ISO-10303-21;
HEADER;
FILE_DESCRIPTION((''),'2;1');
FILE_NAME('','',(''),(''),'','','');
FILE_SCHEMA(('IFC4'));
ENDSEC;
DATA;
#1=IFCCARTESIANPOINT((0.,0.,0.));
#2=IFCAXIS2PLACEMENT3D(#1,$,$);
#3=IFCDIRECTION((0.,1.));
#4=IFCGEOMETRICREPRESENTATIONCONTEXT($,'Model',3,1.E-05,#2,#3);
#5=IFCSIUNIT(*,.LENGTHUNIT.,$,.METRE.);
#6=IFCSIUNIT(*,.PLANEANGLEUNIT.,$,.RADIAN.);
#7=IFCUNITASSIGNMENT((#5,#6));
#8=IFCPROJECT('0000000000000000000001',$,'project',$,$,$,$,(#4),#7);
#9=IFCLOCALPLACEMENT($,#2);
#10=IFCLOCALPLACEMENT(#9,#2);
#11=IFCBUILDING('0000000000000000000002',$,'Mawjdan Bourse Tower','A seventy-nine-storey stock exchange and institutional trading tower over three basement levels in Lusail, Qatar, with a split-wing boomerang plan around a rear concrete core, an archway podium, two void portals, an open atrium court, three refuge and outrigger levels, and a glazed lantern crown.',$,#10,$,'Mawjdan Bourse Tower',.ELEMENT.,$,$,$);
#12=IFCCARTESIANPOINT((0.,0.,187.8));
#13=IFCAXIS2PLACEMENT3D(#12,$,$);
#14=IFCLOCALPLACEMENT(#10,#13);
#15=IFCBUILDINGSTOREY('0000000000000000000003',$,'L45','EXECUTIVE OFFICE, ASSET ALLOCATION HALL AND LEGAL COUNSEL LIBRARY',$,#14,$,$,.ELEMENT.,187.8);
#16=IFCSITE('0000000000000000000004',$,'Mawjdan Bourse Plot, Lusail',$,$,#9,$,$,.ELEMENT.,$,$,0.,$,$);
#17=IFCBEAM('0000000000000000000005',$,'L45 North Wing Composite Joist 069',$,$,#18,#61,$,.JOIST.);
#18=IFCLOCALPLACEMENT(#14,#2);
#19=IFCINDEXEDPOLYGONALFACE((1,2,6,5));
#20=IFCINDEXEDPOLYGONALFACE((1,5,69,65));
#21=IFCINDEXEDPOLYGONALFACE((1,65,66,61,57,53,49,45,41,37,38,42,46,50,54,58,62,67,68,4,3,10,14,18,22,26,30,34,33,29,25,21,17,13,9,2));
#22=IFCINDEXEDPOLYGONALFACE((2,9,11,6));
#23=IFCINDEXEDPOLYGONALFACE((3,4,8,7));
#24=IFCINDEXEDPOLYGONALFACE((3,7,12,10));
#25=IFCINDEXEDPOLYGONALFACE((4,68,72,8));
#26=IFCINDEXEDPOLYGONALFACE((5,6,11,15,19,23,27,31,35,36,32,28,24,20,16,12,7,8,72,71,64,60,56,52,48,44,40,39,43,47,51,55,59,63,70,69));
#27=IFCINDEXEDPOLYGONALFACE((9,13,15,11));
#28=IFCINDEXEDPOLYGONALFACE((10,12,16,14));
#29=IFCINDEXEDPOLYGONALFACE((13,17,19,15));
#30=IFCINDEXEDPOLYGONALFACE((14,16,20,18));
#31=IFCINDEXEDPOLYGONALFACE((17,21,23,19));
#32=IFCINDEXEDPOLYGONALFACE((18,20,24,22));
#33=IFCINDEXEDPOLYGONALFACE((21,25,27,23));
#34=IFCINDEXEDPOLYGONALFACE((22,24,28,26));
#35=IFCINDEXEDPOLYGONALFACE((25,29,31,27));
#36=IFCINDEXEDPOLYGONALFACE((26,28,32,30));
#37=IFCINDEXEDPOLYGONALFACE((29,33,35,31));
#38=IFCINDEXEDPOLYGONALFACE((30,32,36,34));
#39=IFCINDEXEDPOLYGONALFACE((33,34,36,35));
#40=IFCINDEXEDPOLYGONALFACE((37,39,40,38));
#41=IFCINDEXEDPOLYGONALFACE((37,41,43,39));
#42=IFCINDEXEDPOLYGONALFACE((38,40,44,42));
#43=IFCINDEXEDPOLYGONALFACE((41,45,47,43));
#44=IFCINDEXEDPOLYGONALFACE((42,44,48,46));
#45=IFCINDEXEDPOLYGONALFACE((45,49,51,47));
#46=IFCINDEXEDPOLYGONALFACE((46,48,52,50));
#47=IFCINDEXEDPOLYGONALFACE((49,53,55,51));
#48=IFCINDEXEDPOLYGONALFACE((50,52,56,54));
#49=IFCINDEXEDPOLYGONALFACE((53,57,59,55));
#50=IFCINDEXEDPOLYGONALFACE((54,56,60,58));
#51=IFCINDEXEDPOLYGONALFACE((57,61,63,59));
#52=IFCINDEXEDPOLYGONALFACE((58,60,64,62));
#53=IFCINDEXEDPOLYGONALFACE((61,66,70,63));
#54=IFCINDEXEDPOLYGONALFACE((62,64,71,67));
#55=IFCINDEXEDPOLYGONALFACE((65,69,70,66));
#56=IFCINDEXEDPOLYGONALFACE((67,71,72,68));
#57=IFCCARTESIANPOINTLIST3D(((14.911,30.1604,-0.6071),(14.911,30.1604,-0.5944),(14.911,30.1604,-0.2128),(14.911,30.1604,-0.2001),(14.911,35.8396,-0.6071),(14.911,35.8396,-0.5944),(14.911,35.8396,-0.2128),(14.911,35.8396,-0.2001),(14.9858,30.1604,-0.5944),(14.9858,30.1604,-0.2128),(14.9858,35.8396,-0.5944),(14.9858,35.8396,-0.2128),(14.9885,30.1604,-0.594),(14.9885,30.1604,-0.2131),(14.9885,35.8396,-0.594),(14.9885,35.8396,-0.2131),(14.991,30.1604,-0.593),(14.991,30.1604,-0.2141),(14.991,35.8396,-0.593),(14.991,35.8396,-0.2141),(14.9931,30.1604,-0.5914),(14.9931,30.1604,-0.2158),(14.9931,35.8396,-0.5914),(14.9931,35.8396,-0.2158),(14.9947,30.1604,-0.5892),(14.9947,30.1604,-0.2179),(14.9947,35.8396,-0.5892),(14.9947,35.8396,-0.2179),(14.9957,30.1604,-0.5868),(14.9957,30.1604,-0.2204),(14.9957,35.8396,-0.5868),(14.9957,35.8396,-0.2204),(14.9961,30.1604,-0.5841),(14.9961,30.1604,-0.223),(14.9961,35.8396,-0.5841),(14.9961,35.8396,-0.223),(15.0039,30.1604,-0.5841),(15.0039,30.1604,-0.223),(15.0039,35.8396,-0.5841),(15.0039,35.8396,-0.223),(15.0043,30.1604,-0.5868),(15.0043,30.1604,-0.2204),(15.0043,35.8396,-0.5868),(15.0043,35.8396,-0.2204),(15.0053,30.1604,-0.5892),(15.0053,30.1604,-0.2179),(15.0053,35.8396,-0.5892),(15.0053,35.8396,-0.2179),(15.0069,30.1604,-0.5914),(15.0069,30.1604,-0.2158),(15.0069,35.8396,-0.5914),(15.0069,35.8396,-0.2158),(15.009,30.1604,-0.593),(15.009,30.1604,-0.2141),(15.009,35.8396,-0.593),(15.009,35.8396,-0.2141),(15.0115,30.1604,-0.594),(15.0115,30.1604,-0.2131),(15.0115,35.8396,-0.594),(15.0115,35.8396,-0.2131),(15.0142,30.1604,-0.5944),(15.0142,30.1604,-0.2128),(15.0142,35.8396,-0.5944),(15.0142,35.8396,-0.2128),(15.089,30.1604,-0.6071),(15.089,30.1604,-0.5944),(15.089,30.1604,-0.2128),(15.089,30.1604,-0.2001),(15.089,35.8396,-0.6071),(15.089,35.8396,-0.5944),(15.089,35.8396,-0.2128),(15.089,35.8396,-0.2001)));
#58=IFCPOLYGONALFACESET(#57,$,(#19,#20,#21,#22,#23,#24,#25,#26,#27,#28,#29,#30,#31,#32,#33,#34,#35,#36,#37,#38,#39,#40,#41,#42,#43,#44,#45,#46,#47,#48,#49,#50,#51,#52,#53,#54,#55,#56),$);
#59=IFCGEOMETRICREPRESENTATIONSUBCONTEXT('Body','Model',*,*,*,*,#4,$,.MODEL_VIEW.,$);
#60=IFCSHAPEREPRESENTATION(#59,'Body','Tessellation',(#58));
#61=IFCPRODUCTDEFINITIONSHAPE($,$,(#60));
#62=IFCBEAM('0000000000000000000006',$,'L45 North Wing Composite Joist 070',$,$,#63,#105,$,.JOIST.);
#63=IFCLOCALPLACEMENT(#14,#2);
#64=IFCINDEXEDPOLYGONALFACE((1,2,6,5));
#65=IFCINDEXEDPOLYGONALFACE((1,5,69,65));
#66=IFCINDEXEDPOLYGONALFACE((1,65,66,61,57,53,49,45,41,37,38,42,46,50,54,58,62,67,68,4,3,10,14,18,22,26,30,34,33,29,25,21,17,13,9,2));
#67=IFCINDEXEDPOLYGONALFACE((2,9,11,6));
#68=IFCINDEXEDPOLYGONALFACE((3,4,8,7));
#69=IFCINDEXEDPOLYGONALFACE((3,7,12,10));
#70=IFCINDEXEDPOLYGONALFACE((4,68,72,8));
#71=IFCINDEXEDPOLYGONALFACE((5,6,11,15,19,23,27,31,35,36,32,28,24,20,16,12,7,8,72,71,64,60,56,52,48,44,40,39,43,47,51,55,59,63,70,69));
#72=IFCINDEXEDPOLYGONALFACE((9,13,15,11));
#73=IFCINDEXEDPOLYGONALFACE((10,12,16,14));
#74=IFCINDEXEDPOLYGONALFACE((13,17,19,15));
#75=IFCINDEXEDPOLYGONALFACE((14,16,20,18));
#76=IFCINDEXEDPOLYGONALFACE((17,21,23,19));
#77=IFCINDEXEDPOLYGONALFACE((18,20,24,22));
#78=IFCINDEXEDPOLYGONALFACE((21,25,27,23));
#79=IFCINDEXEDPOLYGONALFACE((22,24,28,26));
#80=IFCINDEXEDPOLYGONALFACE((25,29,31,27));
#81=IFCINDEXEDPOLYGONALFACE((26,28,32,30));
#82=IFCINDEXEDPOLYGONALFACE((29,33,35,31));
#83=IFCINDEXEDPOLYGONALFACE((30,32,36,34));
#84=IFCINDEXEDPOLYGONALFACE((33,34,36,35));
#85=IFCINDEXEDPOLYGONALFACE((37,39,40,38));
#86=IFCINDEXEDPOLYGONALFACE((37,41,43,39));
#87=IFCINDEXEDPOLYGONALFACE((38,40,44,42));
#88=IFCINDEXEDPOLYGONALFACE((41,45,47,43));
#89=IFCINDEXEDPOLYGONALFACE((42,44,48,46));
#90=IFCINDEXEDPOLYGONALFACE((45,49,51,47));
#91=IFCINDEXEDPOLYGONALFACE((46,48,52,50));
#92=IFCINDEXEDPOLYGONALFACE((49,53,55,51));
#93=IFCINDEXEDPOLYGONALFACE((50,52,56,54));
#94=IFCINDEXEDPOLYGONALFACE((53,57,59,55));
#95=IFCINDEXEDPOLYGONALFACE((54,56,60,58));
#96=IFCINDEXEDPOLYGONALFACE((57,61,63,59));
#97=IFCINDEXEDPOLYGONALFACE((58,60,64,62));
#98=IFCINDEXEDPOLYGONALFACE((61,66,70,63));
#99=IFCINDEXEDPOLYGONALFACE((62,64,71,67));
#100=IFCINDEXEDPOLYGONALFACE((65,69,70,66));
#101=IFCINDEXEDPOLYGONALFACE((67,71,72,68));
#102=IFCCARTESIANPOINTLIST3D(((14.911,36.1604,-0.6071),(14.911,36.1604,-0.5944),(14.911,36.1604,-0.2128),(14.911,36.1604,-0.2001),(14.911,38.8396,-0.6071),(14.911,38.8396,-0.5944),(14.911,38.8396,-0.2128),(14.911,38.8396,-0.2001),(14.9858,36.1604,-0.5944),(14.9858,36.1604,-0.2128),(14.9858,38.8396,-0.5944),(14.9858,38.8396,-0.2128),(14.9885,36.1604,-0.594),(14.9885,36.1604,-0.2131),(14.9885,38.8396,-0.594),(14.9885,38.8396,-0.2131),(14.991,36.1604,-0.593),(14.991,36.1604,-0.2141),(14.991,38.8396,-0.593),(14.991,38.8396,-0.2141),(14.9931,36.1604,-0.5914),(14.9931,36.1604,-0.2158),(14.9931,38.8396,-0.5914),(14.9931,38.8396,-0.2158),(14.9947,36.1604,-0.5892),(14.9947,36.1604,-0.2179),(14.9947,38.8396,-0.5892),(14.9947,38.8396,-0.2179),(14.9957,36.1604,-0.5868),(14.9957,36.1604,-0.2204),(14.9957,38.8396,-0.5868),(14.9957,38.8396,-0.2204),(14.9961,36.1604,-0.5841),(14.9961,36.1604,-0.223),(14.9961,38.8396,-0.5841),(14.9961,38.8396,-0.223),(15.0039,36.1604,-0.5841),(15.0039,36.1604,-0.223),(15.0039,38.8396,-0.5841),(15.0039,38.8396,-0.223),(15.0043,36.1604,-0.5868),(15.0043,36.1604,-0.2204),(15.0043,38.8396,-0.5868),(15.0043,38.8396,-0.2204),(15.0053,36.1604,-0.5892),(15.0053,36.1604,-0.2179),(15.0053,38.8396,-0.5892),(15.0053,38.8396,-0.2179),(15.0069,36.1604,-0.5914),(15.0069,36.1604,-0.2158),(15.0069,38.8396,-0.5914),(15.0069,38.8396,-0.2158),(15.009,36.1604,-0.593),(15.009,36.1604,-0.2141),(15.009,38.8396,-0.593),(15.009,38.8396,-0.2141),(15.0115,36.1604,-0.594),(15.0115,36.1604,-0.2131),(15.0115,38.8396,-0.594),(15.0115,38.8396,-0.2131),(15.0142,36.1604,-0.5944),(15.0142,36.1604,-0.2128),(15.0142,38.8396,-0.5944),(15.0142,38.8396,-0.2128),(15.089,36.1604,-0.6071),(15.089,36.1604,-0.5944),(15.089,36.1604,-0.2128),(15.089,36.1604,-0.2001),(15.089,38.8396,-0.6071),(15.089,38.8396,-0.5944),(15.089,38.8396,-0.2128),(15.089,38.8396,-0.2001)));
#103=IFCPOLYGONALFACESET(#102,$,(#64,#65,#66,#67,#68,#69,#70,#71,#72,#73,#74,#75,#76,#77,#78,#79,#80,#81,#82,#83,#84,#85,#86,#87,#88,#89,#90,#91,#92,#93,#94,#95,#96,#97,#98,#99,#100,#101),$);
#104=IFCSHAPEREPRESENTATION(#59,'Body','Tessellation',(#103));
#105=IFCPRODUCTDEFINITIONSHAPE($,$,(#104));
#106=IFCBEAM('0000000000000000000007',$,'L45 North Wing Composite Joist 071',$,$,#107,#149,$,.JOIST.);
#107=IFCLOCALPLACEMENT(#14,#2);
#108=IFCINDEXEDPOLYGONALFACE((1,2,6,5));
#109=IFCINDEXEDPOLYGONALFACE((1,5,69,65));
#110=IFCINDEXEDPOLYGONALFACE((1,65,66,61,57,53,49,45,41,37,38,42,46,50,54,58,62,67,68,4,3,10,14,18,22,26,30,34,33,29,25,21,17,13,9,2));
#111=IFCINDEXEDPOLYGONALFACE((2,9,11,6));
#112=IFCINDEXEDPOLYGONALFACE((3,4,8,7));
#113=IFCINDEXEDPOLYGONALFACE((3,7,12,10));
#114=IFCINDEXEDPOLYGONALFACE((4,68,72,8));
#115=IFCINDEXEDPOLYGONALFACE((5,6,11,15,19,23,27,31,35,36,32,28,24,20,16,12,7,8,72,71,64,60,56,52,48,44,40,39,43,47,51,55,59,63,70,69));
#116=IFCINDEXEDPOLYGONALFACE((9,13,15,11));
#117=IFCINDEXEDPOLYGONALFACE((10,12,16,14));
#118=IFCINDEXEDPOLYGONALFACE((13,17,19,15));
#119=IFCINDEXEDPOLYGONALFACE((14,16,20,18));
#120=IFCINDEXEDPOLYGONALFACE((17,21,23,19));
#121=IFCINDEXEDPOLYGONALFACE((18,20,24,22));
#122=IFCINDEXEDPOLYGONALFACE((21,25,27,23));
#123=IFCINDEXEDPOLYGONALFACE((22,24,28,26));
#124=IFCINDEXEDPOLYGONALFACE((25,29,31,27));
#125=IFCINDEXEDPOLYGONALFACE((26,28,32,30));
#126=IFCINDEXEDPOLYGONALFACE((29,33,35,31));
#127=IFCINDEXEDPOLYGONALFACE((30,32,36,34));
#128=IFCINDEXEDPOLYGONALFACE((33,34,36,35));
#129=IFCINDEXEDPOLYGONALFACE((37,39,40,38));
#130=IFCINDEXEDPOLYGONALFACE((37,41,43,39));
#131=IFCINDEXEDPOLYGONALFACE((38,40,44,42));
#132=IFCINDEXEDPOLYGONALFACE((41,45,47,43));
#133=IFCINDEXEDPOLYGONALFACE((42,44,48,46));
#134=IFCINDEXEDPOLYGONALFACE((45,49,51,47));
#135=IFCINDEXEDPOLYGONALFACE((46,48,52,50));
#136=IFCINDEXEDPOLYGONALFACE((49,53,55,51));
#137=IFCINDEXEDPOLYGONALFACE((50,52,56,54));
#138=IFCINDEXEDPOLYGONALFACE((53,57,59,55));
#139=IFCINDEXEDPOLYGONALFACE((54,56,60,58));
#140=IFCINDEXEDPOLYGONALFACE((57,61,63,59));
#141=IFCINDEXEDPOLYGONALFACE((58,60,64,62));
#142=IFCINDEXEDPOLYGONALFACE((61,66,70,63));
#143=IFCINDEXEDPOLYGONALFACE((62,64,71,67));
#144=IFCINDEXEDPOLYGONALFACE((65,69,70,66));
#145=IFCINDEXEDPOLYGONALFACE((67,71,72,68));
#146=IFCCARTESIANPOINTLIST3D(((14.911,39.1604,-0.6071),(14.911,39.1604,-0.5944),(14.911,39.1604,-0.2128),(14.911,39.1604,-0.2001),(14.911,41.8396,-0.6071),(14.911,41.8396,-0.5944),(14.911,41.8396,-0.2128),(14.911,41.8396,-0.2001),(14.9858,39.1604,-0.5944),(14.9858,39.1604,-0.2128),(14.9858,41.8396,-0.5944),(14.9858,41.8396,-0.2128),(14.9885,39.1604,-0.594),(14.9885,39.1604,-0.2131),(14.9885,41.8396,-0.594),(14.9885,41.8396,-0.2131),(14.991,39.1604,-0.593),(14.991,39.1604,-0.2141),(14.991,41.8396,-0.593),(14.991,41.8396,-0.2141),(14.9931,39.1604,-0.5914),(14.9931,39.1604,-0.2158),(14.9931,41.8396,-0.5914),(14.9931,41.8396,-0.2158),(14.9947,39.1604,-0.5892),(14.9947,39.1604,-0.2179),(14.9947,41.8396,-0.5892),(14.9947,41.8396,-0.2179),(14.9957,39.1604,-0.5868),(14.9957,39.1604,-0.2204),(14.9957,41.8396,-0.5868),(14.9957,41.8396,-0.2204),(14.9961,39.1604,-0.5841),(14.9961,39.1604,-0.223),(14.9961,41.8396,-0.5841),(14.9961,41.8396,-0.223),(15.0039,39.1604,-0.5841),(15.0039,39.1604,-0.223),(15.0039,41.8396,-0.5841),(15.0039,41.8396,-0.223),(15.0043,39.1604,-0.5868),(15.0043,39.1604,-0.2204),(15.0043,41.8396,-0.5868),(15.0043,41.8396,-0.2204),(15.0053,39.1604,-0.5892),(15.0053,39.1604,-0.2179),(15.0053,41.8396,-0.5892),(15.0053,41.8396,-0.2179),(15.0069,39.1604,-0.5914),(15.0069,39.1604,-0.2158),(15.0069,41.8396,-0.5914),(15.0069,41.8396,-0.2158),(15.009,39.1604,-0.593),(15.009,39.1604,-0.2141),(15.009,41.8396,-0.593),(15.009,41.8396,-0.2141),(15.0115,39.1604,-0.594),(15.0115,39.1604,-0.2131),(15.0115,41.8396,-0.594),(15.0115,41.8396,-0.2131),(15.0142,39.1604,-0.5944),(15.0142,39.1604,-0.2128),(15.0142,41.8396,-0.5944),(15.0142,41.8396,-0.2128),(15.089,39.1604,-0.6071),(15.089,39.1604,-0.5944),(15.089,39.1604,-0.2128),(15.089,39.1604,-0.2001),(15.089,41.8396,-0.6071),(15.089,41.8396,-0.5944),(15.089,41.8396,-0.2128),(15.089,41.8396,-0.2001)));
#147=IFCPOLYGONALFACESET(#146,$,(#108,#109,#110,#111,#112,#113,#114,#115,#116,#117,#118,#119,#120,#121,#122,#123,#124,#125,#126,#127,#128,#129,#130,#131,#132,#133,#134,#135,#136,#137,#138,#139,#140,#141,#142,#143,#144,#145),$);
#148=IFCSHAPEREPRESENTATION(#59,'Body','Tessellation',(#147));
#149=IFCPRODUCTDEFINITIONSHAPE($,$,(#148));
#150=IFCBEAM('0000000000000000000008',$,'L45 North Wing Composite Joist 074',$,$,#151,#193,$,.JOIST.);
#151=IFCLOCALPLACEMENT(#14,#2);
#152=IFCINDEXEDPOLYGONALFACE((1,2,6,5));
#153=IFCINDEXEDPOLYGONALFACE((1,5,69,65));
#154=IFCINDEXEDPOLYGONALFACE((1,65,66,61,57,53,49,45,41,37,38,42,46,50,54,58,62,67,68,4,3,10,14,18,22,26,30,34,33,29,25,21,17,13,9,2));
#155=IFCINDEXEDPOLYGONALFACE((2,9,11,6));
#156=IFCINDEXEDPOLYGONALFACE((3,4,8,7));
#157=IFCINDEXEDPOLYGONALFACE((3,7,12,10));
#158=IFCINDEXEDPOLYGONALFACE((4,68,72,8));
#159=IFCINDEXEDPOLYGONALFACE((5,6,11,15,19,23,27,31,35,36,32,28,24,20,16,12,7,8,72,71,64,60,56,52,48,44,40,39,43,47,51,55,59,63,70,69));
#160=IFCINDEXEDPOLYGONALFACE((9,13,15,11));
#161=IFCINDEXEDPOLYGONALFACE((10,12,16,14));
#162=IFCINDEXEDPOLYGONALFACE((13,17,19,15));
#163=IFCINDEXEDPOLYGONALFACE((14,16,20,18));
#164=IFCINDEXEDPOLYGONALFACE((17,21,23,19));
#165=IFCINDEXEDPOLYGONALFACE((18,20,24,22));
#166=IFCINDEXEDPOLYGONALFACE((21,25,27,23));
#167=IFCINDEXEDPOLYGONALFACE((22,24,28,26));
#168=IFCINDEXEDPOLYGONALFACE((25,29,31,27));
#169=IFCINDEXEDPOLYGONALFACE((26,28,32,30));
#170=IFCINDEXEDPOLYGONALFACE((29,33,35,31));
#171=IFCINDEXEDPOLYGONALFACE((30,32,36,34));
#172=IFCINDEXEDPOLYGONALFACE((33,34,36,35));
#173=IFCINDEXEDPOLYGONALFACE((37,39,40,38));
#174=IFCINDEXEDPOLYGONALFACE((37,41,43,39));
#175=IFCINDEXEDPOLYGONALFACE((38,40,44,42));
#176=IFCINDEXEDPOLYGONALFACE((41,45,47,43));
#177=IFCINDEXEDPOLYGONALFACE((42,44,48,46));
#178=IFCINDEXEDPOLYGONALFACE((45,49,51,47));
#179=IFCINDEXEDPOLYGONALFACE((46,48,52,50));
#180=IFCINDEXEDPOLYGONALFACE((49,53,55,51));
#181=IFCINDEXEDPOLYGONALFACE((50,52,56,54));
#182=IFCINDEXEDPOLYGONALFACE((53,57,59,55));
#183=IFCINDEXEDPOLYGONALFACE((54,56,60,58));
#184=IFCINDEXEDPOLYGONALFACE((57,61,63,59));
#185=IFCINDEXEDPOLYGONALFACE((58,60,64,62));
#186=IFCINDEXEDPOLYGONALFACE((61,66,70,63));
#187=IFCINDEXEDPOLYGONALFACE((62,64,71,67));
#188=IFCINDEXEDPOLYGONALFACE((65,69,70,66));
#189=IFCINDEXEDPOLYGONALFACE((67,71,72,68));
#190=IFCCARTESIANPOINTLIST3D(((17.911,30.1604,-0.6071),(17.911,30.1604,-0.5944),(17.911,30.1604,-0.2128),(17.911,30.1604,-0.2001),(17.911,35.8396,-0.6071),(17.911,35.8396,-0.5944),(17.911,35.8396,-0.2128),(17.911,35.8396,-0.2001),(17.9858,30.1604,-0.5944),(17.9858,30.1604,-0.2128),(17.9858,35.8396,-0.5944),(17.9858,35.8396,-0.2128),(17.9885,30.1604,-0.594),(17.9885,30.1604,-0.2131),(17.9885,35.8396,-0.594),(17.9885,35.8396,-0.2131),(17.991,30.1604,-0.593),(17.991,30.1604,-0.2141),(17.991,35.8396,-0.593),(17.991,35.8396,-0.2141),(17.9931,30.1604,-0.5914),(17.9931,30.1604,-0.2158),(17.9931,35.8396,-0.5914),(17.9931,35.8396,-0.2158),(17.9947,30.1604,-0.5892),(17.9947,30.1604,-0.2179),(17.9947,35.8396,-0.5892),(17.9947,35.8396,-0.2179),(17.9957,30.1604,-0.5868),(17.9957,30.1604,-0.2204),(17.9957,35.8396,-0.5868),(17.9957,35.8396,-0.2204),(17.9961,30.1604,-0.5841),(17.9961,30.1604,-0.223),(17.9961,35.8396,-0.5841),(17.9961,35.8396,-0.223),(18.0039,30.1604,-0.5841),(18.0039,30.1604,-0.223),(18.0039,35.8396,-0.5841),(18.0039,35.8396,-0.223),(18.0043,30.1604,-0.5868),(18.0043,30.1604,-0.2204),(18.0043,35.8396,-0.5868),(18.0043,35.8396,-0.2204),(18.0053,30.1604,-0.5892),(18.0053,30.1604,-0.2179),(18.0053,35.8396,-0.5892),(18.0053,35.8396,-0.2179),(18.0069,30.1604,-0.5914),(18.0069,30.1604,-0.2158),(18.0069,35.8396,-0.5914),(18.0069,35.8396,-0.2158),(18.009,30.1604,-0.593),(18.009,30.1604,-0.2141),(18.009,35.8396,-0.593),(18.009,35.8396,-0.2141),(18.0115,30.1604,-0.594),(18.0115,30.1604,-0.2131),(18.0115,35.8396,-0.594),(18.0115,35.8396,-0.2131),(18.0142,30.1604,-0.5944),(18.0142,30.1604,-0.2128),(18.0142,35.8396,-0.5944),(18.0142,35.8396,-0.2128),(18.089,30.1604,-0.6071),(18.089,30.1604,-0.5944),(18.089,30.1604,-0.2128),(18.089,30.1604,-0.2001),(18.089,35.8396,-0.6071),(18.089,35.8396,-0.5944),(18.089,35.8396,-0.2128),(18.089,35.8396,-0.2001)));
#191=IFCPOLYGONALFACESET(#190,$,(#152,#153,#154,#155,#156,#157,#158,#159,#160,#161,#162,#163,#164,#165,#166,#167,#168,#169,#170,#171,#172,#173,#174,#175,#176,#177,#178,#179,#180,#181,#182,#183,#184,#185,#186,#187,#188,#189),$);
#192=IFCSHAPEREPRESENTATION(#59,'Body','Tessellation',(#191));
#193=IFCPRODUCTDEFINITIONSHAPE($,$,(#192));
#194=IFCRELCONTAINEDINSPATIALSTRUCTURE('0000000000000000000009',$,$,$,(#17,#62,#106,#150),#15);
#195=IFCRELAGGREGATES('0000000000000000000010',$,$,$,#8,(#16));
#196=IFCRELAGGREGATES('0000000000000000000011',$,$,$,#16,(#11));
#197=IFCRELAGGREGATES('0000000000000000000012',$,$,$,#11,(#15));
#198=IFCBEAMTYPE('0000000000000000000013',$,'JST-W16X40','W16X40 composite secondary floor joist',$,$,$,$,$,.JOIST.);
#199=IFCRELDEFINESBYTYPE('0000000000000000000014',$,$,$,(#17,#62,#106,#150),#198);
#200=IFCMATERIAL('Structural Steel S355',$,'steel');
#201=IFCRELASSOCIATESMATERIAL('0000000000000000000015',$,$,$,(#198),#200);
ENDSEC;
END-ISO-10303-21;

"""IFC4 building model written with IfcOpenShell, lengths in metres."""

from ifc_helpers import new_model, si_unit, direction, frame, origin, origin_2d, place, context, subcontext, project, spatial, i_section, extrude, material, material_profile, profile_set, type_object, element, save


model = new_model("IFC4")

# Units and contexts
model_context = context("Model", 3, precision=1e-05, world=origin(), true_north=direction((0.0, 1.0)))
body_context = subcontext(model_context, "Body", "Model", "MODEL_VIEW")
ifc_project = project(units=[si_unit("LENGTHUNIT", "METRE"), si_unit("PLANEANGLEUNIT", "RADIAN")], contexts=[model_context])

# Site, building, storey
site_placement = place(None, origin())
site = spatial("IfcSite", under=ifc_project, at=site_placement, Name="Mawjdan Bourse Plot, Lusail", CompositionType="ELEMENT", RefElevation=0.0)
building_placement = place(site_placement, origin())
building = spatial("IfcBuilding", under=site, at=building_placement, Name="Mawjdan Bourse Tower", Description="A seventy-nine-storey stock exchange and institutional trading tower over three basement levels in Lusail, Qatar, with a split-wing boomerang plan around a rear concrete core, an archway podium, two void portals, an open atrium court, three refuge and outrigger levels, and a glazed lantern crown.", LongName="Mawjdan Bourse Tower", CompositionType="ELEMENT")
storey_placement = place(building_placement, frame((0.0, 0.0, 187.8)))
storey = spatial("IfcBuildingStorey", under=building, at=storey_placement, Name="L45", Description="EXECUTIVE OFFICE, ASSET ALLOCATION HALL AND LEGAL COUNSEL LIBRARY", CompositionType="ELEMENT", Elevation=187.8)

# Beams
ifc_material_1 = material(Name="Structural Steel S355", Category="steel")
ifc_material_profile_1 = material_profile(ifc_material_1, i_section(OverallWidth=0.178, OverallDepth=0.407, WebThickness=0.0078, FlangeThickness=0.0127, FilletRadius=0.0103, at=origin_2d()), Name="W16X40")
ifc_profile_set_1 = profile_set([ifc_material_profile_1], Name="Structural Steel S355")
beam_type_1 = type_object("IfcBeamType", Name="JST-W16X40", Description="W16X40 composite secondary floor joist", PredefinedType="JOIST", material=ifc_profile_set_1)
beam_1_placement = place(storey_placement, frame((15.0, 30.1604, -0.4036), z_axis=(0.0, 1.0, 0.0), x_axis=(-1.0, 0.0, 0.0)))
element("IfcBeam", 1, at=beam_1_placement, inside=storey, type_object=beam_type_1, Name="L45 North Wing Composite Joist 069", PredefinedType="JOIST", context=body_context, shape_type="SweptSolid", body=[
    extrude(i_section(OverallWidth=0.178, OverallDepth=0.407, WebThickness=0.0078, FlangeThickness=0.0127, FilletRadius=0.0103, at=origin_2d()), origin(), (0.0, 0.0, 1.0), 5.6792),
])
for number, where, z_axis, x_axis, name in (
    (2, (15.0, 36.1604, -0.4036), (0.0, 1.0, 0.0), (-1.0, 0.0, 0.0), "L45 North Wing Composite Joist 070"),
    (3, (15.0, 39.1604, -0.4036), (0.0, 1.0, 0.0), (-1.0, 0.0, 0.0), "L45 North Wing Composite Joist 071"),
):
    element("IfcBeam", number, at=place(storey_placement, frame(where, z_axis=z_axis, x_axis=x_axis)), inside=storey, type_object=beam_type_1, Name=name, PredefinedType="JOIST", context=body_context, shape_type="SweptSolid", body=[
        extrude(i_section(OverallWidth=0.178, OverallDepth=0.407, WebThickness=0.0078, FlangeThickness=0.0127, FilletRadius=0.0103, at=origin_2d()), origin(), (0.0, 0.0, 1.0), 2.6792),
    ])
beam_2_placement = place(storey_placement, frame((18.0, 30.1604, -0.4036), z_axis=(0.0, 1.0, 0.0), x_axis=(-1.0, 0.0, 0.0)))
element("IfcBeam", 4, at=beam_2_placement, inside=storey, type_object=beam_type_1, Name="L45 North Wing Composite Joist 074", PredefinedType="JOIST", context=body_context, shape_type="SweptSolid", body=[
    extrude(i_section(OverallWidth=0.178, OverallDepth=0.407, WebThickness=0.0078, FlangeThickness=0.0127, FilletRadius=0.0103, at=origin_2d()), origin(), (0.0, 0.0, 1.0), 5.6792),
])

save(model, "model.ifc")
